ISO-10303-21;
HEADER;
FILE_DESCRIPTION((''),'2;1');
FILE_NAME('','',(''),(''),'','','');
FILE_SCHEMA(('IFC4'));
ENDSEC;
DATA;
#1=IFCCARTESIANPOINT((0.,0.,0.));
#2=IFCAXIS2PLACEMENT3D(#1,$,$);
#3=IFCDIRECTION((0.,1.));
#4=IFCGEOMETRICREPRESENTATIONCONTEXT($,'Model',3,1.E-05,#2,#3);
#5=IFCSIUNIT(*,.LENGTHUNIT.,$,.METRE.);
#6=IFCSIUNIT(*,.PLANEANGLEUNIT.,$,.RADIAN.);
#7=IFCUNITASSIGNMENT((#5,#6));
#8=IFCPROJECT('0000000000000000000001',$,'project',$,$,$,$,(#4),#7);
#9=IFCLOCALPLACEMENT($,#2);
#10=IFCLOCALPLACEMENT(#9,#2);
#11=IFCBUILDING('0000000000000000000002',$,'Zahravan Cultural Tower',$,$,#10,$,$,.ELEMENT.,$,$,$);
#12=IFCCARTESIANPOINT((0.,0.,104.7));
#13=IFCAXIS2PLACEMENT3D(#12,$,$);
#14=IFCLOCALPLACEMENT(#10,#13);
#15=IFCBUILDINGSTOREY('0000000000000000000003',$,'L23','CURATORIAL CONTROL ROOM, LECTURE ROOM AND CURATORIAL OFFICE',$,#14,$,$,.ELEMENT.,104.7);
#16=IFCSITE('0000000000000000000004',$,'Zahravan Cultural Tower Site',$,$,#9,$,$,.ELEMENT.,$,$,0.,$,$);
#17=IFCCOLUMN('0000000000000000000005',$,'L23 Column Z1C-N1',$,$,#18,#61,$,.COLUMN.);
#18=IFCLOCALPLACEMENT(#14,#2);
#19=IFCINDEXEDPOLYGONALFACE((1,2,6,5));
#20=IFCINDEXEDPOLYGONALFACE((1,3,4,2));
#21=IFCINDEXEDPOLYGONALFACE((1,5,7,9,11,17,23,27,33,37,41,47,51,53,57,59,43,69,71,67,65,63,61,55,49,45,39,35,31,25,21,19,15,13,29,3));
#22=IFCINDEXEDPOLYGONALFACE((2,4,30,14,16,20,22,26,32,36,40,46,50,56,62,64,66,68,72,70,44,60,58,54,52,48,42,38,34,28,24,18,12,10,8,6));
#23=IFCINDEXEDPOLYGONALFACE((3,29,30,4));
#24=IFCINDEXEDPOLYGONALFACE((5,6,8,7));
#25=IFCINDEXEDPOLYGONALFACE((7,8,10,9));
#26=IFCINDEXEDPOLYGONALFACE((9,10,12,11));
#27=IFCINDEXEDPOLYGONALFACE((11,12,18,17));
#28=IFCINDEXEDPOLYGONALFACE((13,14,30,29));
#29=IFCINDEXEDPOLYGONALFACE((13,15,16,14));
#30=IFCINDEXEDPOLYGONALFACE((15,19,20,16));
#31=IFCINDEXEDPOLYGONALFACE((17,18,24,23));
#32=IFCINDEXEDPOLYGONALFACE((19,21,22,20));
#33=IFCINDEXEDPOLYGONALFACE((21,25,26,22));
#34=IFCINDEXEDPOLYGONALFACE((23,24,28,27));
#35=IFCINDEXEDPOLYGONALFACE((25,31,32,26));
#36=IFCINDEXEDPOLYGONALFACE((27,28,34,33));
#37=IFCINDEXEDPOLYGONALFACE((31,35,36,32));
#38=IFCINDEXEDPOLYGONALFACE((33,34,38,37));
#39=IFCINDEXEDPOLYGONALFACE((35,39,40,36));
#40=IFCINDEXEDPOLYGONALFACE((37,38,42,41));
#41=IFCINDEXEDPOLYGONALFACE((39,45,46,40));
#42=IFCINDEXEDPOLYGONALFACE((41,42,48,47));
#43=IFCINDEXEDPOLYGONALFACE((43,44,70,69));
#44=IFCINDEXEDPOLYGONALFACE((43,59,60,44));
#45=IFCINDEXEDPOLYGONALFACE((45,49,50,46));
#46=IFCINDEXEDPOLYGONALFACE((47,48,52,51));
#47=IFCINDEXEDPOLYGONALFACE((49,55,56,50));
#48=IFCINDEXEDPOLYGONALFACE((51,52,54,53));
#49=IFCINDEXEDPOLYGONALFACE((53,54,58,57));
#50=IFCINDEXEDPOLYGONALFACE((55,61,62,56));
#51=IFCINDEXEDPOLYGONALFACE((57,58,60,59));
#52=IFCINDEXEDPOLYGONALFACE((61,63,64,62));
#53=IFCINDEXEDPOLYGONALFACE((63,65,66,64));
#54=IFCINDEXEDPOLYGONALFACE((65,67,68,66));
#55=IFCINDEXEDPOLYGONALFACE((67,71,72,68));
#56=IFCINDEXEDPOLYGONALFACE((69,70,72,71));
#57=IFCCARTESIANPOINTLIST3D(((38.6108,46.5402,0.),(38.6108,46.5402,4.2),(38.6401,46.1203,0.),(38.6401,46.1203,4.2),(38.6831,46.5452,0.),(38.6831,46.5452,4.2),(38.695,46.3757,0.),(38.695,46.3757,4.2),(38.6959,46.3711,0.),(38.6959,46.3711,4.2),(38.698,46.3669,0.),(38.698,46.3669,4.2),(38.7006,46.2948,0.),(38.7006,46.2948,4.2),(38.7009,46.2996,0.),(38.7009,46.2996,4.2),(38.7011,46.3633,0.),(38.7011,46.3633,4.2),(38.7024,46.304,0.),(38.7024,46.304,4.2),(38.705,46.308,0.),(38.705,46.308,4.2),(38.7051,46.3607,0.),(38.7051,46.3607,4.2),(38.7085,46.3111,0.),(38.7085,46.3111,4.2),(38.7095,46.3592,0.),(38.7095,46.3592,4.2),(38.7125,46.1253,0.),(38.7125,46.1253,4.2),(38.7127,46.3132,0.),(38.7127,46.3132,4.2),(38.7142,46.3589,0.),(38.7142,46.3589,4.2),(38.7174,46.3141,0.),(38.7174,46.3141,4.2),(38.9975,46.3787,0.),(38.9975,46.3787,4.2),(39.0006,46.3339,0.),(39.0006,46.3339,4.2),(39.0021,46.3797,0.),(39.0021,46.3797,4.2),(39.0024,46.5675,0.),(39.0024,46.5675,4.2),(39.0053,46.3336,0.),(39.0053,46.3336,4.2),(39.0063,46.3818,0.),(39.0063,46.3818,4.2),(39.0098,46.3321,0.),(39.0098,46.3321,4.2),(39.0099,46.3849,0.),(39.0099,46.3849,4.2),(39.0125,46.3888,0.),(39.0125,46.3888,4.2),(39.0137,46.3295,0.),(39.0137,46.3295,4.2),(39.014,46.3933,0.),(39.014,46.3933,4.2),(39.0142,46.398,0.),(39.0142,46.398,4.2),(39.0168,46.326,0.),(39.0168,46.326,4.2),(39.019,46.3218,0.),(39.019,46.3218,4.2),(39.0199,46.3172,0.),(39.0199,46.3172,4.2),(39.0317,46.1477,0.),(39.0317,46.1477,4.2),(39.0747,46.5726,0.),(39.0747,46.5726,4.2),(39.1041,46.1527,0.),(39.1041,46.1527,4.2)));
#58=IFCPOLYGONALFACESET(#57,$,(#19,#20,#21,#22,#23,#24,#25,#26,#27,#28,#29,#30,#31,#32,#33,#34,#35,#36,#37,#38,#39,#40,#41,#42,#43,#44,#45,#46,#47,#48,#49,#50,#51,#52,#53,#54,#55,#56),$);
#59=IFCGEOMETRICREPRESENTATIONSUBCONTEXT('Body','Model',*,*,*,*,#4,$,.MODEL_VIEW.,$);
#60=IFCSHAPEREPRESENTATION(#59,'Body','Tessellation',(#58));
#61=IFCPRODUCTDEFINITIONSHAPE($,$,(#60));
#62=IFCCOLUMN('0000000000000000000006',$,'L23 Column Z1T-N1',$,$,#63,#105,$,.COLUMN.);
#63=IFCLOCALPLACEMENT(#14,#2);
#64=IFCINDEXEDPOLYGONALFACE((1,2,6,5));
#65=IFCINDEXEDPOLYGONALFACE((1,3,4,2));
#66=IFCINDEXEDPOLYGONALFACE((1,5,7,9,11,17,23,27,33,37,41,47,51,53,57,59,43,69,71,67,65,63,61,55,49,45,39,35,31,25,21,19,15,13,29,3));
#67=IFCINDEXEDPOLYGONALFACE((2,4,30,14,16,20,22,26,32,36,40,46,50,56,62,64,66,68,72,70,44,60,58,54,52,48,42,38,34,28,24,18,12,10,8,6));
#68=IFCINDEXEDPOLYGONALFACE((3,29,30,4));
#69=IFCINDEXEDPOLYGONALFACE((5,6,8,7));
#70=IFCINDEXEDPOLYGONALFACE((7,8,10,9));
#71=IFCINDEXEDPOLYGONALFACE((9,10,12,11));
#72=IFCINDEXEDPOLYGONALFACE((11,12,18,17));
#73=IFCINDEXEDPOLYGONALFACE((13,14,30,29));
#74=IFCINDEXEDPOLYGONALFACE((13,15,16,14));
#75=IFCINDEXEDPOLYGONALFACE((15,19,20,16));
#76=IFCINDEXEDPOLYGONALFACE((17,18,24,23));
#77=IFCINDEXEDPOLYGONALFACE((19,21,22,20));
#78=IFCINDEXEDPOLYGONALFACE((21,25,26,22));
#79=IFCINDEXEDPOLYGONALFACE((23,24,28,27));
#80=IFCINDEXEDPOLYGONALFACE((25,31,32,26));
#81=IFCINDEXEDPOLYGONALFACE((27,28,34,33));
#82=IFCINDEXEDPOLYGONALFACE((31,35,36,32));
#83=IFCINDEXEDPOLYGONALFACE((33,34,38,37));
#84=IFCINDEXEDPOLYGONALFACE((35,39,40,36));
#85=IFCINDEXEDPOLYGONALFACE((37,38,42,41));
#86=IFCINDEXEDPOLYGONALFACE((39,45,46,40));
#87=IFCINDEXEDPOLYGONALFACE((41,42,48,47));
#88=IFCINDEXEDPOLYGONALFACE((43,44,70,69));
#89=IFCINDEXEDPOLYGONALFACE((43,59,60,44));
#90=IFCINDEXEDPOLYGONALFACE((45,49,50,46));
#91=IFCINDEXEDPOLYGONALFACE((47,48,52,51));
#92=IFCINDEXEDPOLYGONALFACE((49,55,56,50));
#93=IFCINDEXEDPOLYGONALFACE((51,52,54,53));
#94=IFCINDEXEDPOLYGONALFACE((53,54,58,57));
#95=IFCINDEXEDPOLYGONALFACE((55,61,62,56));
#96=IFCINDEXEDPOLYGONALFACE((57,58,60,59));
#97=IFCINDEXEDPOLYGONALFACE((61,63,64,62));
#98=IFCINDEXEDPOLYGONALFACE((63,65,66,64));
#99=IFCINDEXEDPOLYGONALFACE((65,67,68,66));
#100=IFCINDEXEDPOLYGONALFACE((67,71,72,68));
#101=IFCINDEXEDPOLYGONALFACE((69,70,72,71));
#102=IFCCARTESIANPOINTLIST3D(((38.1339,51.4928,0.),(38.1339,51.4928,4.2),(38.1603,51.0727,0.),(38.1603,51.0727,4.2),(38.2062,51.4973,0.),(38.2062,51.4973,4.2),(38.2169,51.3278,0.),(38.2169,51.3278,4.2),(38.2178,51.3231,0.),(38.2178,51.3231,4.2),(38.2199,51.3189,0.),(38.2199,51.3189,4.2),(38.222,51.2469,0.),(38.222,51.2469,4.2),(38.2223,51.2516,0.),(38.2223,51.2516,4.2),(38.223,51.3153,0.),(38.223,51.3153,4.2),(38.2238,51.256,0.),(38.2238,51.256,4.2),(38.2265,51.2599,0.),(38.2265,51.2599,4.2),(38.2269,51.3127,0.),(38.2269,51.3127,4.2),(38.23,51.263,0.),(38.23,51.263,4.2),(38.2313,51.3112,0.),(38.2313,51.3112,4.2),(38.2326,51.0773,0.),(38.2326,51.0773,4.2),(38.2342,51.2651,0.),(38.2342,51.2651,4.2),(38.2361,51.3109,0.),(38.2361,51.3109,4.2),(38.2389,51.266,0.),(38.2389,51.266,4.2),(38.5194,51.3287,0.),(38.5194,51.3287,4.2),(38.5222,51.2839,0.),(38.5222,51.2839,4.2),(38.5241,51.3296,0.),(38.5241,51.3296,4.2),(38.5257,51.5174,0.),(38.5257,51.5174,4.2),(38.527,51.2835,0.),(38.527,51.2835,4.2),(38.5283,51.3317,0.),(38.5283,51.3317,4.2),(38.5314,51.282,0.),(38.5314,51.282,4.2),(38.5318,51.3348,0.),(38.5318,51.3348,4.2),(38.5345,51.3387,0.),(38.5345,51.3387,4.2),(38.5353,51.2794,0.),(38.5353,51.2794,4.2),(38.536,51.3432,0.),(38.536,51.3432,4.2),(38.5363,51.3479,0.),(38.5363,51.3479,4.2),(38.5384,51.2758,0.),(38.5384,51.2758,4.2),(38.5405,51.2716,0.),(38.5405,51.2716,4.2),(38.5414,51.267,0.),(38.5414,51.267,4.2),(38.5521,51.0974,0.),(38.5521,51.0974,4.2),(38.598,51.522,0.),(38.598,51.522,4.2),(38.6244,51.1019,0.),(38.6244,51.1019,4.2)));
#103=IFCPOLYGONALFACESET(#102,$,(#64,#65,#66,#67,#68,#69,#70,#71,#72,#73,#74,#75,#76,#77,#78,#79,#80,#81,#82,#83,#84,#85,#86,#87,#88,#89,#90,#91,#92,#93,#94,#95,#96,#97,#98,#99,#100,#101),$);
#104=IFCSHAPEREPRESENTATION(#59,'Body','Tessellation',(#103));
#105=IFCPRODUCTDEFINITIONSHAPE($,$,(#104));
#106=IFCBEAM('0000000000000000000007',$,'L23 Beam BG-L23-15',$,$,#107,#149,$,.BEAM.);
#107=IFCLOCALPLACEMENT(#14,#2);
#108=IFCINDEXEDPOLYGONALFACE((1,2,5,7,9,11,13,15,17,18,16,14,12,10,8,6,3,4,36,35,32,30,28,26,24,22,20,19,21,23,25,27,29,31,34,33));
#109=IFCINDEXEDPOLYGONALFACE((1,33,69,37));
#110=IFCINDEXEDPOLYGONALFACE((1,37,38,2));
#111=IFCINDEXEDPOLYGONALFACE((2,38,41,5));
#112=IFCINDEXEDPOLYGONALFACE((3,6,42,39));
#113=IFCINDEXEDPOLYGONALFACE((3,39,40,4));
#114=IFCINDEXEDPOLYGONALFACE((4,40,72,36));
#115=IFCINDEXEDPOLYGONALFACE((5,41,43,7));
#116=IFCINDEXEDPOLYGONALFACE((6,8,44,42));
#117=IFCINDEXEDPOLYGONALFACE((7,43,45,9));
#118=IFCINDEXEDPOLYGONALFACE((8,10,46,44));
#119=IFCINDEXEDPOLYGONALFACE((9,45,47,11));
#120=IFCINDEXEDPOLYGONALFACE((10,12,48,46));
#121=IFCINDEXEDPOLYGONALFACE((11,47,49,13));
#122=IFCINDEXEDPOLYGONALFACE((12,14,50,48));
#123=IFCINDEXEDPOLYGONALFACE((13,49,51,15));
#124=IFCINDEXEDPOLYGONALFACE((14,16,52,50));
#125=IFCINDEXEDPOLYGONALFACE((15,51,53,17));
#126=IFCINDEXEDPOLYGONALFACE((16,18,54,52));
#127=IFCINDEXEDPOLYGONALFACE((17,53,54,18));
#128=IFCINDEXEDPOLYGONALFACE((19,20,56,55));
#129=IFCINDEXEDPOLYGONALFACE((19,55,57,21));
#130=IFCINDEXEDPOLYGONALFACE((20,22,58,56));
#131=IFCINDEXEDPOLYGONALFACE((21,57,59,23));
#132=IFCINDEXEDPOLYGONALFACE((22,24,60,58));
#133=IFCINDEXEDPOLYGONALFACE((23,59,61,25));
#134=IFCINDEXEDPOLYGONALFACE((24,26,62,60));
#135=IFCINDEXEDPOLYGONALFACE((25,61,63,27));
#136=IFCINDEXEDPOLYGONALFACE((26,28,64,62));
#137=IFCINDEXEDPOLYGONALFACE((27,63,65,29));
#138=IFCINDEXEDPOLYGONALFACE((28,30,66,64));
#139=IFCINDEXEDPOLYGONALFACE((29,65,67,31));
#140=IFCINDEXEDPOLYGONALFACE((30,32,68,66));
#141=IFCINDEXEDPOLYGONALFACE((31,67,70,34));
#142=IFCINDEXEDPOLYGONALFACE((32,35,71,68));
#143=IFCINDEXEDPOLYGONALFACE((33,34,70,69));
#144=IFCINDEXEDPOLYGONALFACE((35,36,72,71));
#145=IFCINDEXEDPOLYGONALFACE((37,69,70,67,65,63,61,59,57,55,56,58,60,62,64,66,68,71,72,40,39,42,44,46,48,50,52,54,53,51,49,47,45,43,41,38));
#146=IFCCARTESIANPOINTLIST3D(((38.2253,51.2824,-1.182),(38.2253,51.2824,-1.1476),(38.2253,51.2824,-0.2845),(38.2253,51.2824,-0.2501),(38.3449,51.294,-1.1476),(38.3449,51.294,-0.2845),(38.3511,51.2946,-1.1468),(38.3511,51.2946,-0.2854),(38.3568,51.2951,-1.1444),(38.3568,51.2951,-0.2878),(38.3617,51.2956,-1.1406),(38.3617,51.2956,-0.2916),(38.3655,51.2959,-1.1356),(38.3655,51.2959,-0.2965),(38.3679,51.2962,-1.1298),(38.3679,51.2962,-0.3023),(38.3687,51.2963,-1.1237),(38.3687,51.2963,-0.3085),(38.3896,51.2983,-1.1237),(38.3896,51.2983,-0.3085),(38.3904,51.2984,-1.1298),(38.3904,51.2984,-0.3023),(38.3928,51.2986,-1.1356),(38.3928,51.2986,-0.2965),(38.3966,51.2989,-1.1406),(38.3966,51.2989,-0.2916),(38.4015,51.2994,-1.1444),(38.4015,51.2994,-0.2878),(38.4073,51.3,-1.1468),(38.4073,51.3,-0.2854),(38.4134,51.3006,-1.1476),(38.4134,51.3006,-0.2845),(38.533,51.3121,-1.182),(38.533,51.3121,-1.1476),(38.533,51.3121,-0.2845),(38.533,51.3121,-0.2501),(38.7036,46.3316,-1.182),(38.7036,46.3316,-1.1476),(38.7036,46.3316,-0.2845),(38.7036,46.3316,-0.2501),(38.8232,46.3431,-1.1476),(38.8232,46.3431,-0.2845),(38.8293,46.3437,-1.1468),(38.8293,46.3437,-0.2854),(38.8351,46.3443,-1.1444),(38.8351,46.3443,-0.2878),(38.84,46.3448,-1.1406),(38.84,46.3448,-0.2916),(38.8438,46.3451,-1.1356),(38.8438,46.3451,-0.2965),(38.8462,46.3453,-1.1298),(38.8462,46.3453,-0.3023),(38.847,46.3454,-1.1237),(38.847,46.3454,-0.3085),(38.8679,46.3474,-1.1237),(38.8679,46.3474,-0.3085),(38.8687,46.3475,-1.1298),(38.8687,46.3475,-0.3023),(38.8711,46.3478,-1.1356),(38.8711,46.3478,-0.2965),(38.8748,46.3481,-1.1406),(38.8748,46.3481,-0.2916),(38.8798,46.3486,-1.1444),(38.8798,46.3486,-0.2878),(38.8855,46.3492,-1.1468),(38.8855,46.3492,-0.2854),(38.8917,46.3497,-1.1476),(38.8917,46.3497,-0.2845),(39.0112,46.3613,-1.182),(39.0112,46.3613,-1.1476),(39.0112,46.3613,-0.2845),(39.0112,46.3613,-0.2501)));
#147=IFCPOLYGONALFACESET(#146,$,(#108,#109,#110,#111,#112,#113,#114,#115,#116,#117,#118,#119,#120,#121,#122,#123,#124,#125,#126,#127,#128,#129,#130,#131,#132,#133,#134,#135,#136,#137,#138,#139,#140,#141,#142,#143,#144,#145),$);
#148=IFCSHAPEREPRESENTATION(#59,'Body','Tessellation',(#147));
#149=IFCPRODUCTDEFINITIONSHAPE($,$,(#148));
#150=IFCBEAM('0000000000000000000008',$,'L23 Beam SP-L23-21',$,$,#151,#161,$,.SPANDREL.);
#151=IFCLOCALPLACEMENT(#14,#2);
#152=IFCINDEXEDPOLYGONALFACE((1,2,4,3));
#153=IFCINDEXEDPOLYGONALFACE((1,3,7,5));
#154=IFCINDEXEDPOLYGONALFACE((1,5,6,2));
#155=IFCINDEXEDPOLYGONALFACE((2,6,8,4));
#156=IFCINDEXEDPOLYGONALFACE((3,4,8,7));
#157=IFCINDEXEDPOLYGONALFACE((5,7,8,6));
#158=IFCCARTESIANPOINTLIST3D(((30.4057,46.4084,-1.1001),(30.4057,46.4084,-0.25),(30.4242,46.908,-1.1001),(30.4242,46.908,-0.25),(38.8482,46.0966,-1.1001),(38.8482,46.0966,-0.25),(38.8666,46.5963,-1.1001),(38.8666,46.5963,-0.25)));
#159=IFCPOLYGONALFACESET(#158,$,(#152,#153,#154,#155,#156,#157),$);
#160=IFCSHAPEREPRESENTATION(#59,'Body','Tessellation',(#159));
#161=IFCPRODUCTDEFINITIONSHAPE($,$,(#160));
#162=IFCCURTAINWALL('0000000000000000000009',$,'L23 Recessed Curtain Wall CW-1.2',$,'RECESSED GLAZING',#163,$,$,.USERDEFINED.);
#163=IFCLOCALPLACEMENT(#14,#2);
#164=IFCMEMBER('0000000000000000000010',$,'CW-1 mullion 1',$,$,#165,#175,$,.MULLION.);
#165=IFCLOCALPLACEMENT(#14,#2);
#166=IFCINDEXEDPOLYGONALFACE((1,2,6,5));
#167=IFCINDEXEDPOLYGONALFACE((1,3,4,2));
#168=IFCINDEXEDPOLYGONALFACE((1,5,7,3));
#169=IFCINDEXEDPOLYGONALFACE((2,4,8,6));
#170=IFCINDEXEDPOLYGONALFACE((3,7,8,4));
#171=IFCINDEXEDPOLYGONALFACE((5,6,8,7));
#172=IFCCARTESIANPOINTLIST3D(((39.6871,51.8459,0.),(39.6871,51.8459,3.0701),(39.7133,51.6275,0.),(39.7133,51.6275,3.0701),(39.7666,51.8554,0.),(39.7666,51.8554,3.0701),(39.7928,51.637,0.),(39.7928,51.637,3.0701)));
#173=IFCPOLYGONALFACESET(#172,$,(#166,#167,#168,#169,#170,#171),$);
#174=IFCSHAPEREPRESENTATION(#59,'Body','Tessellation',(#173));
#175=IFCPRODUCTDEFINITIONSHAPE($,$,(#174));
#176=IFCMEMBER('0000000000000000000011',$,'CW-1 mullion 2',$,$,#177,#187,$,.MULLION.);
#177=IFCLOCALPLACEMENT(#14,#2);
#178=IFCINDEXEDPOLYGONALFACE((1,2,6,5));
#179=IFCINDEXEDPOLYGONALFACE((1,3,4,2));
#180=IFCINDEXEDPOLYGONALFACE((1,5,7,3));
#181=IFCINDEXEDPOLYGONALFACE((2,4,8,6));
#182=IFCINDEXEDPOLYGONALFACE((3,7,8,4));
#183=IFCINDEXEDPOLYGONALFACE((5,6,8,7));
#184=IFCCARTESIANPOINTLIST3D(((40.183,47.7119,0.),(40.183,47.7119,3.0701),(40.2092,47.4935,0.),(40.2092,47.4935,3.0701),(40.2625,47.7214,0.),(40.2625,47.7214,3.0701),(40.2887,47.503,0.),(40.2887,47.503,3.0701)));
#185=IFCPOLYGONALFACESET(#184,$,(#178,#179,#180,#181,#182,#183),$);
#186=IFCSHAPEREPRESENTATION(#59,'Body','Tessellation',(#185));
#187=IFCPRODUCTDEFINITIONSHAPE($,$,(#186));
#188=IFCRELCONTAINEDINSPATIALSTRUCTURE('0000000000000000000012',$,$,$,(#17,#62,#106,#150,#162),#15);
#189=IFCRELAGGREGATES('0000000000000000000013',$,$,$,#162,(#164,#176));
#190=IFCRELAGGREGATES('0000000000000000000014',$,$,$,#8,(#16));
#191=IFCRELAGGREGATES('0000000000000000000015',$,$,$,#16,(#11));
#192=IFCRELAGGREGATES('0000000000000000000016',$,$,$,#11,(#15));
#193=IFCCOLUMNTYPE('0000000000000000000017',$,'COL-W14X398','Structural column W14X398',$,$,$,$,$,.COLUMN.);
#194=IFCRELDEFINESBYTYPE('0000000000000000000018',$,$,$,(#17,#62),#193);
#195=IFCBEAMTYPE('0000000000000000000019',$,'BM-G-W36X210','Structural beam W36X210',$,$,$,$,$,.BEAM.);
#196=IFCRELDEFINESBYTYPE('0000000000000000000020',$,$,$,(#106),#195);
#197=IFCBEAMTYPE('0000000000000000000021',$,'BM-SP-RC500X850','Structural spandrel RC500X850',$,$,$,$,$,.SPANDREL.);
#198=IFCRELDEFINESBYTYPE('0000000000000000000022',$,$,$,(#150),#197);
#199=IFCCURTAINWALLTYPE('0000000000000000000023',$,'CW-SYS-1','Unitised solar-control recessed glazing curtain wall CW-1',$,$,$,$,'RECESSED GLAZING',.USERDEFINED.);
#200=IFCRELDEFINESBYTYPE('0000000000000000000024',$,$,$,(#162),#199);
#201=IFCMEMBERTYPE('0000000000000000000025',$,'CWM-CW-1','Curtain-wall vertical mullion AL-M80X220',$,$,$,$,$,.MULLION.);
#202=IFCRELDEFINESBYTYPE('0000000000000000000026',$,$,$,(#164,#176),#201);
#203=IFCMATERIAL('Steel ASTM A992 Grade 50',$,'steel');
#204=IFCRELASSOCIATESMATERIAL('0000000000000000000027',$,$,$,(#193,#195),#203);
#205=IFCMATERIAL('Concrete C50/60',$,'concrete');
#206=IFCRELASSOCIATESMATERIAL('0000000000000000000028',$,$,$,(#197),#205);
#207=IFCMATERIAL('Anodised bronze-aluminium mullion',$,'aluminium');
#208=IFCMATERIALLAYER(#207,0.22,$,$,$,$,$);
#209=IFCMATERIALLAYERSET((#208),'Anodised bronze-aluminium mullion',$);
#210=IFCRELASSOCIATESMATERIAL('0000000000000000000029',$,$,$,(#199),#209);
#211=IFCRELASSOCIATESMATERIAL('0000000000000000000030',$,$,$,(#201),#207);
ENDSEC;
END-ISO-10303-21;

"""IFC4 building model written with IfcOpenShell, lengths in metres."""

from ifc_helpers import new_model, si_unit, direction, frame, origin, origin_2d, place, context, subcontext, project, spatial, rectangle, i_section, extrude, source, transform, mapped, material, layer, layer_set, material_profile, profile_set, type_object, element, aggregate, save


model = new_model("IFC4")

# Units and contexts
model_context = context("Model", 3, precision=1e-05, world=origin(), true_north=direction((0.0, 1.0)))
body_context = subcontext(model_context, "Body", "Model", "MODEL_VIEW")
ifc_project = project(units=[si_unit("LENGTHUNIT", "METRE"), si_unit("PLANEANGLEUNIT", "RADIAN")], contexts=[model_context])

# Site, building, storey
site_placement = place(None, origin())
site = spatial("IfcSite", under=ifc_project, at=site_placement, Name="Zahravan Cultural Tower Site", CompositionType="ELEMENT", RefElevation=0.0)
building_placement = place(site_placement, origin())
building = spatial("IfcBuilding", under=site, at=building_placement, Name="Zahravan Cultural Tower", CompositionType="ELEMENT")
storey_placement = place(building_placement, frame((0.0, 0.0, 104.7)))
storey = spatial("IfcBuildingStorey", under=building, at=storey_placement, Name="L23", Description="CURATORIAL CONTROL ROOM, LECTURE ROOM AND CURATORIAL OFFICE", CompositionType="ELEMENT", Elevation=104.7)

# Columns
ifc_material_1 = material(Name="Steel ASTM A992 Grade 50", Category="steel")
ifc_material_profile_1 = material_profile(ifc_material_1, i_section(OverallWidth=0.4209, OverallDepth=0.4651, WebThickness=0.0449, FlangeThickness=0.0725, FilletRadius=0.0181, at=origin_2d()), Name="W14X398")
ifc_profile_set_1 = profile_set([ifc_material_profile_1], Name="Steel ASTM A992 Grade 50")
column_type = type_object("IfcColumnType", Name="COL-W14X398", Description="Structural column W14X398", PredefinedType="COLUMN", material=ifc_profile_set_1)
shared_shape_1 = source(origin(), body_context, "Body", "SweptSolid", [
    extrude(i_section(OverallWidth=0.4209, OverallDepth=0.4651, WebThickness=0.0449, FlangeThickness=0.0725, FilletRadius=0.0181, at=origin_2d()), origin(), (0.0, 0.0, 1.0), 4.2),
])
for number, where, z_axis, x_axis, name in (
    (1, (38.8574, 46.3464, 0.0), (0.0, 0.0, 1.0), (-0.069756, 0.997564, 0.0), "L23 Column Z1C-N1"),
    (2, (38.3792, 51.2974, 0.0), (0.0, 0.0, 1.0), (-0.062791, 0.998027, 0.0), "L23 Column Z1T-N1"),
):
    element("IfcColumn", number, at=place(storey_placement, frame(where, z_axis=z_axis, x_axis=x_axis)), inside=storey, type_object=column_type, Name=name, PredefinedType="COLUMN", context=body_context, shape_type="MappedRepresentation", body=[
        mapped(shared_shape_1, transform((0.0, 0.0, 0.0), x_axis=(1.0, 0.0, 0.0), y_axis=(0.0, 1.0, 0.0), z_axis=(0.0, 0.0, 1.0), scale=1.0)),
    ])

# Beams
ifc_material_profile_2 = material_profile(ifc_material_1, i_section(OverallWidth=0.3091, OverallDepth=0.9319, WebThickness=0.021, FlangeThickness=0.0344, FilletRadius=0.0239, at=origin_2d()), Name="W36X210")
ifc_profile_set_2 = profile_set([ifc_material_profile_2], Name="Steel ASTM A992 Grade 50")
beam_type_1 = type_object("IfcBeamType", Name="BM-G-W36X210", Description="Structural beam W36X210", PredefinedType="BEAM", material=ifc_profile_set_2)
shared_shape_2 = source(origin(), body_context, "Body", "SweptSolid", [
    extrude(i_section(OverallWidth=0.3091, OverallDepth=0.9319, WebThickness=0.021, FlangeThickness=0.0344, FilletRadius=0.0239, at=origin_2d()), origin(), (0.0, 0.0, 1.0), 4.9739),
])
beam_1_placement = place(storey_placement, frame((38.8574, 46.3464, -0.7161), z_axis=(-0.096155, 0.995366, 0.0), x_axis=(-0.995366, -0.096155, 0.0)))
element("IfcBeam", 3, at=beam_1_placement, inside=storey, type_object=beam_type_1, Name="L23 Beam BG-L23-15", PredefinedType="BEAM", context=body_context, shape_type="MappedRepresentation", body=[
    mapped(shared_shape_2, transform((0.0, 0.0, 0.0), x_axis=(1.0, 0.0, 0.0), y_axis=(0.0, 1.0, 0.0), z_axis=(0.0, 0.0, 1.0), scale=1.0)),
])
ifc_material_2 = material(Name="Concrete C50/60", Category="concrete")
ifc_material_profile_3 = material_profile(ifc_material_2, rectangle(XDim=0.5, YDim=0.8501, at=origin_2d()), Name="RC500X850")
ifc_profile_set_3 = profile_set([ifc_material_profile_3], Name="Concrete C50/60")
beam_type_2 = type_object("IfcBeamType", Name="BM-SP-RC500X850", Description="Structural spandrel RC500X850", PredefinedType="SPANDREL", material=ifc_profile_set_3)
shared_shape_3 = source(origin(), body_context, "Body", "SweptSolid", [
    extrude(rectangle(XDim=0.5, YDim=0.8501, at=origin_2d()), origin(), (0.0, 0.0, 1.0), 8.4482),
])
beam_2_placement = place(storey_placement, frame((38.8574, 46.3464, -0.675), z_axis=(-0.999319, 0.036904, 0.0), x_axis=(-0.036904, -0.999319, 0.0)))
element("IfcBeam", 4, at=beam_2_placement, inside=storey, type_object=beam_type_2, Name="L23 Beam SP-L23-21", PredefinedType="SPANDREL", context=body_context, shape_type="MappedRepresentation", body=[
    mapped(shared_shape_3, transform((0.0, 0.0, 0.0), x_axis=(1.0, 0.0, 0.0), y_axis=(0.0, 1.0, 0.0), z_axis=(0.0, 0.0, 1.0), scale=1.0)),
])

# Curtain wall, members
ifc_material_3 = material(Name="Anodised bronze-aluminium mullion", Category="aluminium")
ifc_layer_1 = layer(ifc_material_3, 0.22)
ifc_layer_set_1 = layer_set([ifc_layer_1], Name="Anodised bronze-aluminium mullion")
curtain_wall_type = type_object("IfcCurtainWallType", Name="CW-SYS-1", Description="Unitised solar-control recessed glazing curtain wall CW-1", ElementType="RECESSED GLAZING", PredefinedType="USERDEFINED", material=ifc_layer_set_1)
curtain_wall_placement = place(storey_placement, origin())
curtain_wall = element("IfcCurtainWall", 5, at=curtain_wall_placement, inside=storey, type_object=curtain_wall_type, Name="L23 Recessed Curtain Wall CW-1.2", ObjectType="RECESSED GLAZING", PredefinedType="USERDEFINED")
ifc_material_profile_4 = material_profile(ifc_material_3, rectangle(XDim=0.0801, YDim=0.22, at=origin_2d()), Name="AL-M80X220")
ifc_profile_set_4 = profile_set([ifc_material_profile_4], Name="Anodised bronze-aluminium mullion")
member_type_1 = type_object("IfcMemberType", Name="CWM-CW-1", Description="Curtain-wall vertical mullion AL-M80X220", PredefinedType="MULLION", material=ifc_profile_set_4)
shared_shape_4 = source(origin(), body_context, "Body", "SweptSolid", [
    extrude(rectangle(XDim=0.0801, YDim=0.22, at=origin_2d()), origin(), (0.0, 0.0, 1.0), 3.0701),
])
member_1_placement = place(storey_placement, frame((39.74, 51.7415, 0.0), z_axis=(0.0, 0.0, 1.0), x_axis=(0.992883, 0.119095, 0.0)))
member_1 = element("IfcMember", 6, at=member_1_placement, type_object=member_type_1, Name="CW-1 mullion 1", PredefinedType="MULLION", context=body_context, shape_type="MappedRepresentation", body=[
    mapped(shared_shape_4, transform((0.0, 0.0, 0.0), x_axis=(1.0, 0.0, 0.0), y_axis=(0.0, 1.0, 0.0), z_axis=(0.0, 0.0, 1.0), scale=1.0)),
])
member_2_placement = place(storey_placement, frame((40.2358, 47.6074, 0.0), z_axis=(0.0, 0.0, 1.0), x_axis=(0.992883, 0.119095, 0.0)))
member_2 = element("IfcMember", 7, at=member_2_placement, type_object=member_type_1, Name="CW-1 mullion 2", PredefinedType="MULLION", context=body_context, shape_type="MappedRepresentation", body=[
    mapped(shared_shape_4, transform((0.0, 0.0, 0.0), x_axis=(1.0, 0.0, 0.0), y_axis=(0.0, 1.0, 0.0), z_axis=(0.0, 0.0, 1.0), scale=1.0)),
])
aggregate(curtain_wall, [member_1, member_2])

save(model, "model.ifc")
